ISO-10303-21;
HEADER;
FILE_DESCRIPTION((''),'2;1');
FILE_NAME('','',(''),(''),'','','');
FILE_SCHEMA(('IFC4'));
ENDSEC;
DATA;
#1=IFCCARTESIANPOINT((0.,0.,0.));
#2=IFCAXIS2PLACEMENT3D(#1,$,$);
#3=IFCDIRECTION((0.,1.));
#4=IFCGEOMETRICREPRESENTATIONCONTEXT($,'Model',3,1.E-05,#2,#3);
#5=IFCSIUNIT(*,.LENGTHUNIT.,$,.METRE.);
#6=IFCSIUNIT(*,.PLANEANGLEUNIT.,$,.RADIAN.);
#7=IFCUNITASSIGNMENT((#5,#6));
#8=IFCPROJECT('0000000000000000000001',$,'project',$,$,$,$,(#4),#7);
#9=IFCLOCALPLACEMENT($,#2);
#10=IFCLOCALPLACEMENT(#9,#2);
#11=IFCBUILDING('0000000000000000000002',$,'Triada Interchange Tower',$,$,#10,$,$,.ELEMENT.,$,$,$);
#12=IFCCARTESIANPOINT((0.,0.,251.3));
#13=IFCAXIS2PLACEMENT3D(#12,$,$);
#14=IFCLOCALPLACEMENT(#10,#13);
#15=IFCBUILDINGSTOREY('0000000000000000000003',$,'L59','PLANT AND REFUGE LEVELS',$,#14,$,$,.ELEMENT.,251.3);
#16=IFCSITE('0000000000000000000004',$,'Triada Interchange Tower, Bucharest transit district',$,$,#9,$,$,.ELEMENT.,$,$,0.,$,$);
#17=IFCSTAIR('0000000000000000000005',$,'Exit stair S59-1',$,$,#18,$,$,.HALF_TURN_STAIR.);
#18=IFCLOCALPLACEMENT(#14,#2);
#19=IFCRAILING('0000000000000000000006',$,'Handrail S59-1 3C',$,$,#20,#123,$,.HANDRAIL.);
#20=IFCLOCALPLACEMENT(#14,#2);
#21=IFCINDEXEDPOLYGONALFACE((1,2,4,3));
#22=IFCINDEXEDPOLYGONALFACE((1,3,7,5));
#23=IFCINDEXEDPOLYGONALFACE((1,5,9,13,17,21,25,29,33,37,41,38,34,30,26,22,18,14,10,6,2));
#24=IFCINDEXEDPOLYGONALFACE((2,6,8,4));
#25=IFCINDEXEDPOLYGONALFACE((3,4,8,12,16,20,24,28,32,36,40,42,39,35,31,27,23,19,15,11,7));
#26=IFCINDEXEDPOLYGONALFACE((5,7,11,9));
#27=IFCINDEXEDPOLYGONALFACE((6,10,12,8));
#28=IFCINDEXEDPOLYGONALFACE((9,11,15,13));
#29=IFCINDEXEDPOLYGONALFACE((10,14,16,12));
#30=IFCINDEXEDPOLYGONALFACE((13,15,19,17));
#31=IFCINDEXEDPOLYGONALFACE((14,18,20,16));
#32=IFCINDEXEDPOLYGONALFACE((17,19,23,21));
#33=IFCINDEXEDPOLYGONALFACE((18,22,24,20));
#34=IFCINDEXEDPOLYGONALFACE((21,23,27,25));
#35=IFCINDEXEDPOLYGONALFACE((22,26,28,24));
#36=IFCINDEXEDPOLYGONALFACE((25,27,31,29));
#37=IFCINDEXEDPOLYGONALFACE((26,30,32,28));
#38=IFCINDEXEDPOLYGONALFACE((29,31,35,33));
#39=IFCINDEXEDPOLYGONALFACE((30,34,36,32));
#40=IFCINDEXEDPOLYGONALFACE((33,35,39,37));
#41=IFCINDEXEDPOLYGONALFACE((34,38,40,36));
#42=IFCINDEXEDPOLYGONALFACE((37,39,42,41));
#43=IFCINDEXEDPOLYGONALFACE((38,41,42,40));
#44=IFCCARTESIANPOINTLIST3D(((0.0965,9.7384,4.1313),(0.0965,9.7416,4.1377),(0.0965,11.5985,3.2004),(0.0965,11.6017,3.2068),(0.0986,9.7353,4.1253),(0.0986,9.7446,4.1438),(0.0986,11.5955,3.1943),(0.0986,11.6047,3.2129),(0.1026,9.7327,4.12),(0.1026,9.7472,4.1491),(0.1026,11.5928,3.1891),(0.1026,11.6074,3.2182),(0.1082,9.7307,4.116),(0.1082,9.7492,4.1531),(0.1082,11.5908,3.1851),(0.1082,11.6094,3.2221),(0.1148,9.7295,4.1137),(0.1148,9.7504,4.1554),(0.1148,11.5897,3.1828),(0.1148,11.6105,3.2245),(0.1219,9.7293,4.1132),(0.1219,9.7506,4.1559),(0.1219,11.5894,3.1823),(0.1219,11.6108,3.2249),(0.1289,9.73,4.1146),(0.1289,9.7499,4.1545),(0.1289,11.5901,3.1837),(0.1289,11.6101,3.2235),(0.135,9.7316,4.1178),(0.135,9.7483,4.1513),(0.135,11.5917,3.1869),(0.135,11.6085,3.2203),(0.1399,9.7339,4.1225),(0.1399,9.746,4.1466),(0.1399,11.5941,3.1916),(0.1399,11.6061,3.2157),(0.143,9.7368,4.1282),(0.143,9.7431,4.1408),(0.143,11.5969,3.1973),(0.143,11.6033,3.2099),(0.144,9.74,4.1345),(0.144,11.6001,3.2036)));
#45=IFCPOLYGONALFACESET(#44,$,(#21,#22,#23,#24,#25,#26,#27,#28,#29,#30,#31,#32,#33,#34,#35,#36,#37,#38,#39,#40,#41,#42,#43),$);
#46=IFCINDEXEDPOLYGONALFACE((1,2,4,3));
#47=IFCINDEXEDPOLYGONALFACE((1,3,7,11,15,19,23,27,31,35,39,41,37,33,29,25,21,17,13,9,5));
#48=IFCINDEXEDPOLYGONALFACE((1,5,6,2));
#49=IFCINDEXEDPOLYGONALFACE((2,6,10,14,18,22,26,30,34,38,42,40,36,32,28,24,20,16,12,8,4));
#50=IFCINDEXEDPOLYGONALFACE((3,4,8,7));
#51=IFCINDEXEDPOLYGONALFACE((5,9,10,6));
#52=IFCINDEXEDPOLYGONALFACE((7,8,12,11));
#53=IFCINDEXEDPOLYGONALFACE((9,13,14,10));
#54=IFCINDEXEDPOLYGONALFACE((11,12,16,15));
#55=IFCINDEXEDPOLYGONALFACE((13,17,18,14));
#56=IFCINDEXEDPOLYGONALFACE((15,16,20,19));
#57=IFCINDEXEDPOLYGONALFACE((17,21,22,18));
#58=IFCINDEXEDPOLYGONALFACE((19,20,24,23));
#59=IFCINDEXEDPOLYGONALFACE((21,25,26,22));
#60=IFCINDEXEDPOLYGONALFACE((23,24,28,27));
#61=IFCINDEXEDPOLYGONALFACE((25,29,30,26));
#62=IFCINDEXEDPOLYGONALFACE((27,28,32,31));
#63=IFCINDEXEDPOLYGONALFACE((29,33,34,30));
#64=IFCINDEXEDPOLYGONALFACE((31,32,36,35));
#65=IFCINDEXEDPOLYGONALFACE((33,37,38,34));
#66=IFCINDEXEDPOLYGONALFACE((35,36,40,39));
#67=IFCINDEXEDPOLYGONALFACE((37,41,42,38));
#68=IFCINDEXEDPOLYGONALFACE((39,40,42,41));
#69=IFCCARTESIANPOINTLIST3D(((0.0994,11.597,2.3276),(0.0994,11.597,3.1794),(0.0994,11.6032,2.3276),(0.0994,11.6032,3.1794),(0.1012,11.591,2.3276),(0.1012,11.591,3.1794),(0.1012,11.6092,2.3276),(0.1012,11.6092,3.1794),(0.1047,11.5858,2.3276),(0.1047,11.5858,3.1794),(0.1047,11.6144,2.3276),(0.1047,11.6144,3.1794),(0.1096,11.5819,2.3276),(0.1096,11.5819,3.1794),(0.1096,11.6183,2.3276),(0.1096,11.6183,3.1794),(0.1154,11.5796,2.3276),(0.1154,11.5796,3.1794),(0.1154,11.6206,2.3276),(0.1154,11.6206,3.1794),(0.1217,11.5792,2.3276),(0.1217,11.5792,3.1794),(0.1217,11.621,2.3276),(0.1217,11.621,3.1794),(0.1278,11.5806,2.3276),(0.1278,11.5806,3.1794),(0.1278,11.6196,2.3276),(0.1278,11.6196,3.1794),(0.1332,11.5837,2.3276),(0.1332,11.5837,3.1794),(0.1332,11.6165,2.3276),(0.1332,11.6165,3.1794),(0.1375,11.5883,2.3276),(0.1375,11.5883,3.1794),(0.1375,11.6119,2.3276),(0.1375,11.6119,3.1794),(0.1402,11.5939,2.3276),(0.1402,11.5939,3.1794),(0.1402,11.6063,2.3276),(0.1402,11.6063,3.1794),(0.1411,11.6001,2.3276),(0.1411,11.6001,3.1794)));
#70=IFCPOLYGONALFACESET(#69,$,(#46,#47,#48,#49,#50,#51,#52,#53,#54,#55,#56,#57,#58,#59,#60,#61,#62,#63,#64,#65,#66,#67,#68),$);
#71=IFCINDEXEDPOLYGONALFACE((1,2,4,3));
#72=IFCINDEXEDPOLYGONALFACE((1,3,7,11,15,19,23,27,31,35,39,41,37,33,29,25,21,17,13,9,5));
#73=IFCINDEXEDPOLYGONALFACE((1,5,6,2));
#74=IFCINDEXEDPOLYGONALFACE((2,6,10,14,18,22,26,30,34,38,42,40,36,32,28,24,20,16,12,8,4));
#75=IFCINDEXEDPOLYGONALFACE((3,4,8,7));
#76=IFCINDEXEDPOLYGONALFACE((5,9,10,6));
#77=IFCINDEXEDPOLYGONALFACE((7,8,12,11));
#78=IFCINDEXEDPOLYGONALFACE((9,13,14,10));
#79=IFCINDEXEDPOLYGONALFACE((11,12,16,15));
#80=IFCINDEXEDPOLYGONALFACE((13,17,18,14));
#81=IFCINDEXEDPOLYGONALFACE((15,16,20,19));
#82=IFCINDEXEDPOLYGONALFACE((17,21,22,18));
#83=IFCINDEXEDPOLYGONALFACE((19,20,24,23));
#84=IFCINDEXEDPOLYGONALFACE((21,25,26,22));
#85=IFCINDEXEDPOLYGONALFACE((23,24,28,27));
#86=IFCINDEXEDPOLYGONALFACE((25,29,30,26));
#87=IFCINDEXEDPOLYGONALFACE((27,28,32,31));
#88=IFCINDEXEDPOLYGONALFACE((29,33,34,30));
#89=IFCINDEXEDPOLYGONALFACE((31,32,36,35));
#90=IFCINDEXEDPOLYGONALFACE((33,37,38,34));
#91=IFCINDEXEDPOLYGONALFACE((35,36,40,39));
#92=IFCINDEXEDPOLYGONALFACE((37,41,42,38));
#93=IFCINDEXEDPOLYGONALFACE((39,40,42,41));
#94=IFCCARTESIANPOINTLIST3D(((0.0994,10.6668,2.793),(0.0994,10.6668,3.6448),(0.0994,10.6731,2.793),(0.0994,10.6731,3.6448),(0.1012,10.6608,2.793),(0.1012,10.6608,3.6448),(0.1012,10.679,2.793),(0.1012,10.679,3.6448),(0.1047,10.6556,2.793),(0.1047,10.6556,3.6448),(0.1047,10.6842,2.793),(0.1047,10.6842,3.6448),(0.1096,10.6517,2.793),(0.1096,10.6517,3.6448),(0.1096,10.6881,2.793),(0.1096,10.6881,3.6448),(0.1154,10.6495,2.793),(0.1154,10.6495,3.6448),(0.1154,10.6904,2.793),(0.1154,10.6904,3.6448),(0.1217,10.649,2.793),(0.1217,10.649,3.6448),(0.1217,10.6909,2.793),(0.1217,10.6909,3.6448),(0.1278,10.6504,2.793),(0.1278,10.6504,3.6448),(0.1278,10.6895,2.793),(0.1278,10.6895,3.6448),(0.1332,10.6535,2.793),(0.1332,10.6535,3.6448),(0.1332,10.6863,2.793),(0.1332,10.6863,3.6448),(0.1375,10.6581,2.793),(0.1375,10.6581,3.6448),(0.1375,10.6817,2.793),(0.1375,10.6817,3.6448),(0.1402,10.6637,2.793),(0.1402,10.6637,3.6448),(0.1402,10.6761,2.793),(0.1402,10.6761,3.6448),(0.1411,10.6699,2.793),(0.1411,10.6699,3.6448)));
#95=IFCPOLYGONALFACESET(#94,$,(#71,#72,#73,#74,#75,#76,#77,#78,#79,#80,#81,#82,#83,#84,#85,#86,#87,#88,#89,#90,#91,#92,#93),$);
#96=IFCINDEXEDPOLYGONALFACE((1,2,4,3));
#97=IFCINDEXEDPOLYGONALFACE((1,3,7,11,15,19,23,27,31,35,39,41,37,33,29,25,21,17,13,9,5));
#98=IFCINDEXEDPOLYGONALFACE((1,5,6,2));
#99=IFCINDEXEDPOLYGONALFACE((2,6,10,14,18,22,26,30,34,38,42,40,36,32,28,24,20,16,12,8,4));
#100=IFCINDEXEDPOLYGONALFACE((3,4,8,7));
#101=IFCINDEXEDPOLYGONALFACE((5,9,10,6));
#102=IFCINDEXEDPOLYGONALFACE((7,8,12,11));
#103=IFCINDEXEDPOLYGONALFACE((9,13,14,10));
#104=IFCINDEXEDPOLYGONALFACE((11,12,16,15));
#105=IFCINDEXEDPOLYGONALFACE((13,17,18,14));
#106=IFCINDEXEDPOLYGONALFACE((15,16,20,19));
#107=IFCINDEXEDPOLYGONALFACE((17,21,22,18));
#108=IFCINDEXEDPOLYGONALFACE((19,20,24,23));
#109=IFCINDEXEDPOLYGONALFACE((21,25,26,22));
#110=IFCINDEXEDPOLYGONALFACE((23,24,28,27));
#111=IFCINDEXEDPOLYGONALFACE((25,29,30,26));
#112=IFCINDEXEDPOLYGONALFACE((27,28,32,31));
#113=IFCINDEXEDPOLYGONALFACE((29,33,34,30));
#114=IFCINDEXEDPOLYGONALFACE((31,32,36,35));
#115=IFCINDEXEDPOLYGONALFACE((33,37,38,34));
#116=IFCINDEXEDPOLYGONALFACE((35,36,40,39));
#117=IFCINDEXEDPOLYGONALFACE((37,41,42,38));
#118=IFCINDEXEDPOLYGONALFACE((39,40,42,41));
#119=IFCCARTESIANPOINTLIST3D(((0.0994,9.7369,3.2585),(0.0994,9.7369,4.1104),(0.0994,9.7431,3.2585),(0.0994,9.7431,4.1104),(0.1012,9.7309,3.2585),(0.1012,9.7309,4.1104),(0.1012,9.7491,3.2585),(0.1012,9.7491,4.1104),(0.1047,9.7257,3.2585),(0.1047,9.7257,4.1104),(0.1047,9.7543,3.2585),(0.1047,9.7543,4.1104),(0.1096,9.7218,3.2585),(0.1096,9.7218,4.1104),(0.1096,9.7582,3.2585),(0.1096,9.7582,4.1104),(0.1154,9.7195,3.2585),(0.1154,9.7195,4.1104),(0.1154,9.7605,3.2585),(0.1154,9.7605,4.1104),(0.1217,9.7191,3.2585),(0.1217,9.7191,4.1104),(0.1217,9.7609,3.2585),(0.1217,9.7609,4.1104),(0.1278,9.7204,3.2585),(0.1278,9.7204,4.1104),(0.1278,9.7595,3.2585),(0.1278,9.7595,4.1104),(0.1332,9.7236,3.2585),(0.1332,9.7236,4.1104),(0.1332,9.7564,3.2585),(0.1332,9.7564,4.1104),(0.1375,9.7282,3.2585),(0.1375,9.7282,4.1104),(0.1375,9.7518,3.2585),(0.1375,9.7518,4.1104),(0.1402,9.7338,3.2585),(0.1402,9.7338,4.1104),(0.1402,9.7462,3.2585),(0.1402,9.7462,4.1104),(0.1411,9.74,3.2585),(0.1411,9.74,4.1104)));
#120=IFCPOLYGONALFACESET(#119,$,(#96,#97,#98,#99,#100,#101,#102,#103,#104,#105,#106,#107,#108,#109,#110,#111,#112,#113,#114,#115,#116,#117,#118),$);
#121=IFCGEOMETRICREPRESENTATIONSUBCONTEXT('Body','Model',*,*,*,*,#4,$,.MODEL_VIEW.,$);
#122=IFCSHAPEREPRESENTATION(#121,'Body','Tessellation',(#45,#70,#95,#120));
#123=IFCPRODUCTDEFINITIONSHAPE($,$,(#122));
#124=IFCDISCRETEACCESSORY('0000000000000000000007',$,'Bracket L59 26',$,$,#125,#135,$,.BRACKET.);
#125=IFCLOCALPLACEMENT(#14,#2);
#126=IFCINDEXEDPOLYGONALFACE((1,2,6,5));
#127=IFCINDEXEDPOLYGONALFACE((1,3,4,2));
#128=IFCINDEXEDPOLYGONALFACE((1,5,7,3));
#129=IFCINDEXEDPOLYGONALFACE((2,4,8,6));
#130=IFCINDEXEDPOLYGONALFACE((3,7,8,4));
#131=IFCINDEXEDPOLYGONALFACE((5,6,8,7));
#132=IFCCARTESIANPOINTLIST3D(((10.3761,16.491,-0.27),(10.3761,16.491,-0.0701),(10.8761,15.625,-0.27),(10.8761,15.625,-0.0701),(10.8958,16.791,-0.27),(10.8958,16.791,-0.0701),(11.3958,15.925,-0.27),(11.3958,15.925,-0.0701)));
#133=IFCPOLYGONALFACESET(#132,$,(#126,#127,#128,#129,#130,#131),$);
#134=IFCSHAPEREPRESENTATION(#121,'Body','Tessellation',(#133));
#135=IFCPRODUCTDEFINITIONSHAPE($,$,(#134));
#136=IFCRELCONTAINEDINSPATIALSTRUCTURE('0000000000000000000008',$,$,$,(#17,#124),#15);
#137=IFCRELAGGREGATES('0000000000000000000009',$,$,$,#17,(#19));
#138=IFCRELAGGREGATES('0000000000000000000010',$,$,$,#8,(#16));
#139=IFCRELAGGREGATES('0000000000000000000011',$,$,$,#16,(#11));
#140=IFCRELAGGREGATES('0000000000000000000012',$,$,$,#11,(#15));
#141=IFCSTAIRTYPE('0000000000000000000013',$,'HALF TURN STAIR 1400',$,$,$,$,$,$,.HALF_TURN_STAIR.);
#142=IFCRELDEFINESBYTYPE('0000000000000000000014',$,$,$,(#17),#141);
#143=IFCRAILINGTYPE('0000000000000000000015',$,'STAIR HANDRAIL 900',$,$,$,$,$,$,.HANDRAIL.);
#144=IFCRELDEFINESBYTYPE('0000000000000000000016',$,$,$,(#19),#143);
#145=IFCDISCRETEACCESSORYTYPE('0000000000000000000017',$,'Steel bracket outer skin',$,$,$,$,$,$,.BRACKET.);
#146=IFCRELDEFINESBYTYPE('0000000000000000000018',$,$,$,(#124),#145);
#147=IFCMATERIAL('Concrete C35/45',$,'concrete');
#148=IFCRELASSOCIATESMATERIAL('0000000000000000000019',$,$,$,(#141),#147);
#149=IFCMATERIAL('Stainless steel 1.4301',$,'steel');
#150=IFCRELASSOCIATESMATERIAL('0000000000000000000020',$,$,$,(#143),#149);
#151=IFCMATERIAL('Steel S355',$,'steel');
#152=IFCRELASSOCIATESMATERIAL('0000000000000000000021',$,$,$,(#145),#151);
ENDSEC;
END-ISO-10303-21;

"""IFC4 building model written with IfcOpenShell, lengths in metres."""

from ifc_helpers import new_model, si_unit, direction, frame, origin, origin_2d, place, context, subcontext, project, spatial, rectangle, circle, extrude, material, type_object, element, aggregate, save


model = new_model("IFC4")

# Units and contexts
model_context = context("Model", 3, precision=1e-05, world=origin(), true_north=direction((0.0, 1.0)))
body_context = subcontext(model_context, "Body", "Model", "MODEL_VIEW")
ifc_project = project(units=[si_unit("LENGTHUNIT", "METRE"), si_unit("PLANEANGLEUNIT", "RADIAN")], contexts=[model_context])

# Site, building, storey
site_placement = place(None, origin())
site = spatial("IfcSite", under=ifc_project, at=site_placement, Name="Triada Interchange Tower, Bucharest transit district", CompositionType="ELEMENT", RefElevation=0.0)
building_placement = place(site_placement, origin())
building = spatial("IfcBuilding", under=site, at=building_placement, Name="Triada Interchange Tower", CompositionType="ELEMENT")
storey_placement = place(building_placement, frame((0.0, 0.0, 251.3)))
storey = spatial("IfcBuildingStorey", under=building, at=storey_placement, Name="L59", Description="PLANT AND REFUGE LEVELS", CompositionType="ELEMENT", Elevation=251.3)

# Shared definitions
ifc_material_1 = material(Name="Steel S355", Category="steel")

# Shared definitions
ifc_material_2 = material(Name="Concrete C35/45", Category="concrete")

# Stair
stair_type = type_object("IfcStairType", Name="HALF TURN STAIR 1400", PredefinedType="HALF_TURN_STAIR", material=ifc_material_2)
stair_placement = place(storey_placement, origin())
stair = element("IfcStair", 1, at=stair_placement, inside=storey, type_object=stair_type, Name="Exit stair S59-1", PredefinedType="HALF_TURN_STAIR")

# Railing
ifc_material_3 = material(Name="Stainless steel 1.4301", Category="steel")
railing_type_1 = type_object("IfcRailingType", Name="STAIR HANDRAIL 900", PredefinedType="HANDRAIL", material=ifc_material_3)
railing_1_placement = place(storey_placement, frame((0.1201, 11.6001, 2.3276)))
railing_1 = element("IfcRailing", 2, at=railing_1_placement, type_object=railing_type_1, Name="Handrail S59-1 3C", PredefinedType="HANDRAIL", context=body_context, shape_type="SweptSolid", body=[
    extrude(circle(Radius=0.0239, at=origin_2d()), frame((0.0, 0.0, 0.876), z_axis=(0.0, -0.894263, 0.447542), x_axis=(1.0, 0.0, 0.0)), (0.0, 0.0, 1.0), 2.0801),
    extrude(circle(Radius=0.021, at=origin_2d()), origin(), (0.0, 0.0, 1.0), 0.8518),
    extrude(circle(Radius=0.021, at=origin_2d()), frame((0.0, -0.9302, 0.4653)), (0.0, 0.0, 1.0), 0.8518),
    extrude(circle(Radius=0.021, at=origin_2d()), frame((0.0, -1.8601, 0.9309)), (0.0, 0.0, 1.0), 0.8518),
])
aggregate(stair, [railing_1])

# Discrete accessory
discrete_accessory_type = type_object("IfcDiscreteAccessoryType", Name="Steel bracket outer skin", PredefinedType="BRACKET", material=ifc_material_1)
discrete_accessory_placement = place(storey_placement, frame((10.886, 16.208, -0.27), z_axis=(0.0, 0.0, 1.0), x_axis=(0.866024, 0.500002, 0.0)))
element("IfcDiscreteAccessory", 3, at=discrete_accessory_placement, inside=storey, type_object=discrete_accessory_type, Name="Bracket L59 26", PredefinedType="BRACKET", context=body_context, shape_type="SweptSolid", body=[
    extrude(rectangle(XDim=0.6001, YDim=1.0, at=origin_2d()), origin(), (0.0, 0.0, 1.0), 0.2),
])

save(model, "model.ifc")
